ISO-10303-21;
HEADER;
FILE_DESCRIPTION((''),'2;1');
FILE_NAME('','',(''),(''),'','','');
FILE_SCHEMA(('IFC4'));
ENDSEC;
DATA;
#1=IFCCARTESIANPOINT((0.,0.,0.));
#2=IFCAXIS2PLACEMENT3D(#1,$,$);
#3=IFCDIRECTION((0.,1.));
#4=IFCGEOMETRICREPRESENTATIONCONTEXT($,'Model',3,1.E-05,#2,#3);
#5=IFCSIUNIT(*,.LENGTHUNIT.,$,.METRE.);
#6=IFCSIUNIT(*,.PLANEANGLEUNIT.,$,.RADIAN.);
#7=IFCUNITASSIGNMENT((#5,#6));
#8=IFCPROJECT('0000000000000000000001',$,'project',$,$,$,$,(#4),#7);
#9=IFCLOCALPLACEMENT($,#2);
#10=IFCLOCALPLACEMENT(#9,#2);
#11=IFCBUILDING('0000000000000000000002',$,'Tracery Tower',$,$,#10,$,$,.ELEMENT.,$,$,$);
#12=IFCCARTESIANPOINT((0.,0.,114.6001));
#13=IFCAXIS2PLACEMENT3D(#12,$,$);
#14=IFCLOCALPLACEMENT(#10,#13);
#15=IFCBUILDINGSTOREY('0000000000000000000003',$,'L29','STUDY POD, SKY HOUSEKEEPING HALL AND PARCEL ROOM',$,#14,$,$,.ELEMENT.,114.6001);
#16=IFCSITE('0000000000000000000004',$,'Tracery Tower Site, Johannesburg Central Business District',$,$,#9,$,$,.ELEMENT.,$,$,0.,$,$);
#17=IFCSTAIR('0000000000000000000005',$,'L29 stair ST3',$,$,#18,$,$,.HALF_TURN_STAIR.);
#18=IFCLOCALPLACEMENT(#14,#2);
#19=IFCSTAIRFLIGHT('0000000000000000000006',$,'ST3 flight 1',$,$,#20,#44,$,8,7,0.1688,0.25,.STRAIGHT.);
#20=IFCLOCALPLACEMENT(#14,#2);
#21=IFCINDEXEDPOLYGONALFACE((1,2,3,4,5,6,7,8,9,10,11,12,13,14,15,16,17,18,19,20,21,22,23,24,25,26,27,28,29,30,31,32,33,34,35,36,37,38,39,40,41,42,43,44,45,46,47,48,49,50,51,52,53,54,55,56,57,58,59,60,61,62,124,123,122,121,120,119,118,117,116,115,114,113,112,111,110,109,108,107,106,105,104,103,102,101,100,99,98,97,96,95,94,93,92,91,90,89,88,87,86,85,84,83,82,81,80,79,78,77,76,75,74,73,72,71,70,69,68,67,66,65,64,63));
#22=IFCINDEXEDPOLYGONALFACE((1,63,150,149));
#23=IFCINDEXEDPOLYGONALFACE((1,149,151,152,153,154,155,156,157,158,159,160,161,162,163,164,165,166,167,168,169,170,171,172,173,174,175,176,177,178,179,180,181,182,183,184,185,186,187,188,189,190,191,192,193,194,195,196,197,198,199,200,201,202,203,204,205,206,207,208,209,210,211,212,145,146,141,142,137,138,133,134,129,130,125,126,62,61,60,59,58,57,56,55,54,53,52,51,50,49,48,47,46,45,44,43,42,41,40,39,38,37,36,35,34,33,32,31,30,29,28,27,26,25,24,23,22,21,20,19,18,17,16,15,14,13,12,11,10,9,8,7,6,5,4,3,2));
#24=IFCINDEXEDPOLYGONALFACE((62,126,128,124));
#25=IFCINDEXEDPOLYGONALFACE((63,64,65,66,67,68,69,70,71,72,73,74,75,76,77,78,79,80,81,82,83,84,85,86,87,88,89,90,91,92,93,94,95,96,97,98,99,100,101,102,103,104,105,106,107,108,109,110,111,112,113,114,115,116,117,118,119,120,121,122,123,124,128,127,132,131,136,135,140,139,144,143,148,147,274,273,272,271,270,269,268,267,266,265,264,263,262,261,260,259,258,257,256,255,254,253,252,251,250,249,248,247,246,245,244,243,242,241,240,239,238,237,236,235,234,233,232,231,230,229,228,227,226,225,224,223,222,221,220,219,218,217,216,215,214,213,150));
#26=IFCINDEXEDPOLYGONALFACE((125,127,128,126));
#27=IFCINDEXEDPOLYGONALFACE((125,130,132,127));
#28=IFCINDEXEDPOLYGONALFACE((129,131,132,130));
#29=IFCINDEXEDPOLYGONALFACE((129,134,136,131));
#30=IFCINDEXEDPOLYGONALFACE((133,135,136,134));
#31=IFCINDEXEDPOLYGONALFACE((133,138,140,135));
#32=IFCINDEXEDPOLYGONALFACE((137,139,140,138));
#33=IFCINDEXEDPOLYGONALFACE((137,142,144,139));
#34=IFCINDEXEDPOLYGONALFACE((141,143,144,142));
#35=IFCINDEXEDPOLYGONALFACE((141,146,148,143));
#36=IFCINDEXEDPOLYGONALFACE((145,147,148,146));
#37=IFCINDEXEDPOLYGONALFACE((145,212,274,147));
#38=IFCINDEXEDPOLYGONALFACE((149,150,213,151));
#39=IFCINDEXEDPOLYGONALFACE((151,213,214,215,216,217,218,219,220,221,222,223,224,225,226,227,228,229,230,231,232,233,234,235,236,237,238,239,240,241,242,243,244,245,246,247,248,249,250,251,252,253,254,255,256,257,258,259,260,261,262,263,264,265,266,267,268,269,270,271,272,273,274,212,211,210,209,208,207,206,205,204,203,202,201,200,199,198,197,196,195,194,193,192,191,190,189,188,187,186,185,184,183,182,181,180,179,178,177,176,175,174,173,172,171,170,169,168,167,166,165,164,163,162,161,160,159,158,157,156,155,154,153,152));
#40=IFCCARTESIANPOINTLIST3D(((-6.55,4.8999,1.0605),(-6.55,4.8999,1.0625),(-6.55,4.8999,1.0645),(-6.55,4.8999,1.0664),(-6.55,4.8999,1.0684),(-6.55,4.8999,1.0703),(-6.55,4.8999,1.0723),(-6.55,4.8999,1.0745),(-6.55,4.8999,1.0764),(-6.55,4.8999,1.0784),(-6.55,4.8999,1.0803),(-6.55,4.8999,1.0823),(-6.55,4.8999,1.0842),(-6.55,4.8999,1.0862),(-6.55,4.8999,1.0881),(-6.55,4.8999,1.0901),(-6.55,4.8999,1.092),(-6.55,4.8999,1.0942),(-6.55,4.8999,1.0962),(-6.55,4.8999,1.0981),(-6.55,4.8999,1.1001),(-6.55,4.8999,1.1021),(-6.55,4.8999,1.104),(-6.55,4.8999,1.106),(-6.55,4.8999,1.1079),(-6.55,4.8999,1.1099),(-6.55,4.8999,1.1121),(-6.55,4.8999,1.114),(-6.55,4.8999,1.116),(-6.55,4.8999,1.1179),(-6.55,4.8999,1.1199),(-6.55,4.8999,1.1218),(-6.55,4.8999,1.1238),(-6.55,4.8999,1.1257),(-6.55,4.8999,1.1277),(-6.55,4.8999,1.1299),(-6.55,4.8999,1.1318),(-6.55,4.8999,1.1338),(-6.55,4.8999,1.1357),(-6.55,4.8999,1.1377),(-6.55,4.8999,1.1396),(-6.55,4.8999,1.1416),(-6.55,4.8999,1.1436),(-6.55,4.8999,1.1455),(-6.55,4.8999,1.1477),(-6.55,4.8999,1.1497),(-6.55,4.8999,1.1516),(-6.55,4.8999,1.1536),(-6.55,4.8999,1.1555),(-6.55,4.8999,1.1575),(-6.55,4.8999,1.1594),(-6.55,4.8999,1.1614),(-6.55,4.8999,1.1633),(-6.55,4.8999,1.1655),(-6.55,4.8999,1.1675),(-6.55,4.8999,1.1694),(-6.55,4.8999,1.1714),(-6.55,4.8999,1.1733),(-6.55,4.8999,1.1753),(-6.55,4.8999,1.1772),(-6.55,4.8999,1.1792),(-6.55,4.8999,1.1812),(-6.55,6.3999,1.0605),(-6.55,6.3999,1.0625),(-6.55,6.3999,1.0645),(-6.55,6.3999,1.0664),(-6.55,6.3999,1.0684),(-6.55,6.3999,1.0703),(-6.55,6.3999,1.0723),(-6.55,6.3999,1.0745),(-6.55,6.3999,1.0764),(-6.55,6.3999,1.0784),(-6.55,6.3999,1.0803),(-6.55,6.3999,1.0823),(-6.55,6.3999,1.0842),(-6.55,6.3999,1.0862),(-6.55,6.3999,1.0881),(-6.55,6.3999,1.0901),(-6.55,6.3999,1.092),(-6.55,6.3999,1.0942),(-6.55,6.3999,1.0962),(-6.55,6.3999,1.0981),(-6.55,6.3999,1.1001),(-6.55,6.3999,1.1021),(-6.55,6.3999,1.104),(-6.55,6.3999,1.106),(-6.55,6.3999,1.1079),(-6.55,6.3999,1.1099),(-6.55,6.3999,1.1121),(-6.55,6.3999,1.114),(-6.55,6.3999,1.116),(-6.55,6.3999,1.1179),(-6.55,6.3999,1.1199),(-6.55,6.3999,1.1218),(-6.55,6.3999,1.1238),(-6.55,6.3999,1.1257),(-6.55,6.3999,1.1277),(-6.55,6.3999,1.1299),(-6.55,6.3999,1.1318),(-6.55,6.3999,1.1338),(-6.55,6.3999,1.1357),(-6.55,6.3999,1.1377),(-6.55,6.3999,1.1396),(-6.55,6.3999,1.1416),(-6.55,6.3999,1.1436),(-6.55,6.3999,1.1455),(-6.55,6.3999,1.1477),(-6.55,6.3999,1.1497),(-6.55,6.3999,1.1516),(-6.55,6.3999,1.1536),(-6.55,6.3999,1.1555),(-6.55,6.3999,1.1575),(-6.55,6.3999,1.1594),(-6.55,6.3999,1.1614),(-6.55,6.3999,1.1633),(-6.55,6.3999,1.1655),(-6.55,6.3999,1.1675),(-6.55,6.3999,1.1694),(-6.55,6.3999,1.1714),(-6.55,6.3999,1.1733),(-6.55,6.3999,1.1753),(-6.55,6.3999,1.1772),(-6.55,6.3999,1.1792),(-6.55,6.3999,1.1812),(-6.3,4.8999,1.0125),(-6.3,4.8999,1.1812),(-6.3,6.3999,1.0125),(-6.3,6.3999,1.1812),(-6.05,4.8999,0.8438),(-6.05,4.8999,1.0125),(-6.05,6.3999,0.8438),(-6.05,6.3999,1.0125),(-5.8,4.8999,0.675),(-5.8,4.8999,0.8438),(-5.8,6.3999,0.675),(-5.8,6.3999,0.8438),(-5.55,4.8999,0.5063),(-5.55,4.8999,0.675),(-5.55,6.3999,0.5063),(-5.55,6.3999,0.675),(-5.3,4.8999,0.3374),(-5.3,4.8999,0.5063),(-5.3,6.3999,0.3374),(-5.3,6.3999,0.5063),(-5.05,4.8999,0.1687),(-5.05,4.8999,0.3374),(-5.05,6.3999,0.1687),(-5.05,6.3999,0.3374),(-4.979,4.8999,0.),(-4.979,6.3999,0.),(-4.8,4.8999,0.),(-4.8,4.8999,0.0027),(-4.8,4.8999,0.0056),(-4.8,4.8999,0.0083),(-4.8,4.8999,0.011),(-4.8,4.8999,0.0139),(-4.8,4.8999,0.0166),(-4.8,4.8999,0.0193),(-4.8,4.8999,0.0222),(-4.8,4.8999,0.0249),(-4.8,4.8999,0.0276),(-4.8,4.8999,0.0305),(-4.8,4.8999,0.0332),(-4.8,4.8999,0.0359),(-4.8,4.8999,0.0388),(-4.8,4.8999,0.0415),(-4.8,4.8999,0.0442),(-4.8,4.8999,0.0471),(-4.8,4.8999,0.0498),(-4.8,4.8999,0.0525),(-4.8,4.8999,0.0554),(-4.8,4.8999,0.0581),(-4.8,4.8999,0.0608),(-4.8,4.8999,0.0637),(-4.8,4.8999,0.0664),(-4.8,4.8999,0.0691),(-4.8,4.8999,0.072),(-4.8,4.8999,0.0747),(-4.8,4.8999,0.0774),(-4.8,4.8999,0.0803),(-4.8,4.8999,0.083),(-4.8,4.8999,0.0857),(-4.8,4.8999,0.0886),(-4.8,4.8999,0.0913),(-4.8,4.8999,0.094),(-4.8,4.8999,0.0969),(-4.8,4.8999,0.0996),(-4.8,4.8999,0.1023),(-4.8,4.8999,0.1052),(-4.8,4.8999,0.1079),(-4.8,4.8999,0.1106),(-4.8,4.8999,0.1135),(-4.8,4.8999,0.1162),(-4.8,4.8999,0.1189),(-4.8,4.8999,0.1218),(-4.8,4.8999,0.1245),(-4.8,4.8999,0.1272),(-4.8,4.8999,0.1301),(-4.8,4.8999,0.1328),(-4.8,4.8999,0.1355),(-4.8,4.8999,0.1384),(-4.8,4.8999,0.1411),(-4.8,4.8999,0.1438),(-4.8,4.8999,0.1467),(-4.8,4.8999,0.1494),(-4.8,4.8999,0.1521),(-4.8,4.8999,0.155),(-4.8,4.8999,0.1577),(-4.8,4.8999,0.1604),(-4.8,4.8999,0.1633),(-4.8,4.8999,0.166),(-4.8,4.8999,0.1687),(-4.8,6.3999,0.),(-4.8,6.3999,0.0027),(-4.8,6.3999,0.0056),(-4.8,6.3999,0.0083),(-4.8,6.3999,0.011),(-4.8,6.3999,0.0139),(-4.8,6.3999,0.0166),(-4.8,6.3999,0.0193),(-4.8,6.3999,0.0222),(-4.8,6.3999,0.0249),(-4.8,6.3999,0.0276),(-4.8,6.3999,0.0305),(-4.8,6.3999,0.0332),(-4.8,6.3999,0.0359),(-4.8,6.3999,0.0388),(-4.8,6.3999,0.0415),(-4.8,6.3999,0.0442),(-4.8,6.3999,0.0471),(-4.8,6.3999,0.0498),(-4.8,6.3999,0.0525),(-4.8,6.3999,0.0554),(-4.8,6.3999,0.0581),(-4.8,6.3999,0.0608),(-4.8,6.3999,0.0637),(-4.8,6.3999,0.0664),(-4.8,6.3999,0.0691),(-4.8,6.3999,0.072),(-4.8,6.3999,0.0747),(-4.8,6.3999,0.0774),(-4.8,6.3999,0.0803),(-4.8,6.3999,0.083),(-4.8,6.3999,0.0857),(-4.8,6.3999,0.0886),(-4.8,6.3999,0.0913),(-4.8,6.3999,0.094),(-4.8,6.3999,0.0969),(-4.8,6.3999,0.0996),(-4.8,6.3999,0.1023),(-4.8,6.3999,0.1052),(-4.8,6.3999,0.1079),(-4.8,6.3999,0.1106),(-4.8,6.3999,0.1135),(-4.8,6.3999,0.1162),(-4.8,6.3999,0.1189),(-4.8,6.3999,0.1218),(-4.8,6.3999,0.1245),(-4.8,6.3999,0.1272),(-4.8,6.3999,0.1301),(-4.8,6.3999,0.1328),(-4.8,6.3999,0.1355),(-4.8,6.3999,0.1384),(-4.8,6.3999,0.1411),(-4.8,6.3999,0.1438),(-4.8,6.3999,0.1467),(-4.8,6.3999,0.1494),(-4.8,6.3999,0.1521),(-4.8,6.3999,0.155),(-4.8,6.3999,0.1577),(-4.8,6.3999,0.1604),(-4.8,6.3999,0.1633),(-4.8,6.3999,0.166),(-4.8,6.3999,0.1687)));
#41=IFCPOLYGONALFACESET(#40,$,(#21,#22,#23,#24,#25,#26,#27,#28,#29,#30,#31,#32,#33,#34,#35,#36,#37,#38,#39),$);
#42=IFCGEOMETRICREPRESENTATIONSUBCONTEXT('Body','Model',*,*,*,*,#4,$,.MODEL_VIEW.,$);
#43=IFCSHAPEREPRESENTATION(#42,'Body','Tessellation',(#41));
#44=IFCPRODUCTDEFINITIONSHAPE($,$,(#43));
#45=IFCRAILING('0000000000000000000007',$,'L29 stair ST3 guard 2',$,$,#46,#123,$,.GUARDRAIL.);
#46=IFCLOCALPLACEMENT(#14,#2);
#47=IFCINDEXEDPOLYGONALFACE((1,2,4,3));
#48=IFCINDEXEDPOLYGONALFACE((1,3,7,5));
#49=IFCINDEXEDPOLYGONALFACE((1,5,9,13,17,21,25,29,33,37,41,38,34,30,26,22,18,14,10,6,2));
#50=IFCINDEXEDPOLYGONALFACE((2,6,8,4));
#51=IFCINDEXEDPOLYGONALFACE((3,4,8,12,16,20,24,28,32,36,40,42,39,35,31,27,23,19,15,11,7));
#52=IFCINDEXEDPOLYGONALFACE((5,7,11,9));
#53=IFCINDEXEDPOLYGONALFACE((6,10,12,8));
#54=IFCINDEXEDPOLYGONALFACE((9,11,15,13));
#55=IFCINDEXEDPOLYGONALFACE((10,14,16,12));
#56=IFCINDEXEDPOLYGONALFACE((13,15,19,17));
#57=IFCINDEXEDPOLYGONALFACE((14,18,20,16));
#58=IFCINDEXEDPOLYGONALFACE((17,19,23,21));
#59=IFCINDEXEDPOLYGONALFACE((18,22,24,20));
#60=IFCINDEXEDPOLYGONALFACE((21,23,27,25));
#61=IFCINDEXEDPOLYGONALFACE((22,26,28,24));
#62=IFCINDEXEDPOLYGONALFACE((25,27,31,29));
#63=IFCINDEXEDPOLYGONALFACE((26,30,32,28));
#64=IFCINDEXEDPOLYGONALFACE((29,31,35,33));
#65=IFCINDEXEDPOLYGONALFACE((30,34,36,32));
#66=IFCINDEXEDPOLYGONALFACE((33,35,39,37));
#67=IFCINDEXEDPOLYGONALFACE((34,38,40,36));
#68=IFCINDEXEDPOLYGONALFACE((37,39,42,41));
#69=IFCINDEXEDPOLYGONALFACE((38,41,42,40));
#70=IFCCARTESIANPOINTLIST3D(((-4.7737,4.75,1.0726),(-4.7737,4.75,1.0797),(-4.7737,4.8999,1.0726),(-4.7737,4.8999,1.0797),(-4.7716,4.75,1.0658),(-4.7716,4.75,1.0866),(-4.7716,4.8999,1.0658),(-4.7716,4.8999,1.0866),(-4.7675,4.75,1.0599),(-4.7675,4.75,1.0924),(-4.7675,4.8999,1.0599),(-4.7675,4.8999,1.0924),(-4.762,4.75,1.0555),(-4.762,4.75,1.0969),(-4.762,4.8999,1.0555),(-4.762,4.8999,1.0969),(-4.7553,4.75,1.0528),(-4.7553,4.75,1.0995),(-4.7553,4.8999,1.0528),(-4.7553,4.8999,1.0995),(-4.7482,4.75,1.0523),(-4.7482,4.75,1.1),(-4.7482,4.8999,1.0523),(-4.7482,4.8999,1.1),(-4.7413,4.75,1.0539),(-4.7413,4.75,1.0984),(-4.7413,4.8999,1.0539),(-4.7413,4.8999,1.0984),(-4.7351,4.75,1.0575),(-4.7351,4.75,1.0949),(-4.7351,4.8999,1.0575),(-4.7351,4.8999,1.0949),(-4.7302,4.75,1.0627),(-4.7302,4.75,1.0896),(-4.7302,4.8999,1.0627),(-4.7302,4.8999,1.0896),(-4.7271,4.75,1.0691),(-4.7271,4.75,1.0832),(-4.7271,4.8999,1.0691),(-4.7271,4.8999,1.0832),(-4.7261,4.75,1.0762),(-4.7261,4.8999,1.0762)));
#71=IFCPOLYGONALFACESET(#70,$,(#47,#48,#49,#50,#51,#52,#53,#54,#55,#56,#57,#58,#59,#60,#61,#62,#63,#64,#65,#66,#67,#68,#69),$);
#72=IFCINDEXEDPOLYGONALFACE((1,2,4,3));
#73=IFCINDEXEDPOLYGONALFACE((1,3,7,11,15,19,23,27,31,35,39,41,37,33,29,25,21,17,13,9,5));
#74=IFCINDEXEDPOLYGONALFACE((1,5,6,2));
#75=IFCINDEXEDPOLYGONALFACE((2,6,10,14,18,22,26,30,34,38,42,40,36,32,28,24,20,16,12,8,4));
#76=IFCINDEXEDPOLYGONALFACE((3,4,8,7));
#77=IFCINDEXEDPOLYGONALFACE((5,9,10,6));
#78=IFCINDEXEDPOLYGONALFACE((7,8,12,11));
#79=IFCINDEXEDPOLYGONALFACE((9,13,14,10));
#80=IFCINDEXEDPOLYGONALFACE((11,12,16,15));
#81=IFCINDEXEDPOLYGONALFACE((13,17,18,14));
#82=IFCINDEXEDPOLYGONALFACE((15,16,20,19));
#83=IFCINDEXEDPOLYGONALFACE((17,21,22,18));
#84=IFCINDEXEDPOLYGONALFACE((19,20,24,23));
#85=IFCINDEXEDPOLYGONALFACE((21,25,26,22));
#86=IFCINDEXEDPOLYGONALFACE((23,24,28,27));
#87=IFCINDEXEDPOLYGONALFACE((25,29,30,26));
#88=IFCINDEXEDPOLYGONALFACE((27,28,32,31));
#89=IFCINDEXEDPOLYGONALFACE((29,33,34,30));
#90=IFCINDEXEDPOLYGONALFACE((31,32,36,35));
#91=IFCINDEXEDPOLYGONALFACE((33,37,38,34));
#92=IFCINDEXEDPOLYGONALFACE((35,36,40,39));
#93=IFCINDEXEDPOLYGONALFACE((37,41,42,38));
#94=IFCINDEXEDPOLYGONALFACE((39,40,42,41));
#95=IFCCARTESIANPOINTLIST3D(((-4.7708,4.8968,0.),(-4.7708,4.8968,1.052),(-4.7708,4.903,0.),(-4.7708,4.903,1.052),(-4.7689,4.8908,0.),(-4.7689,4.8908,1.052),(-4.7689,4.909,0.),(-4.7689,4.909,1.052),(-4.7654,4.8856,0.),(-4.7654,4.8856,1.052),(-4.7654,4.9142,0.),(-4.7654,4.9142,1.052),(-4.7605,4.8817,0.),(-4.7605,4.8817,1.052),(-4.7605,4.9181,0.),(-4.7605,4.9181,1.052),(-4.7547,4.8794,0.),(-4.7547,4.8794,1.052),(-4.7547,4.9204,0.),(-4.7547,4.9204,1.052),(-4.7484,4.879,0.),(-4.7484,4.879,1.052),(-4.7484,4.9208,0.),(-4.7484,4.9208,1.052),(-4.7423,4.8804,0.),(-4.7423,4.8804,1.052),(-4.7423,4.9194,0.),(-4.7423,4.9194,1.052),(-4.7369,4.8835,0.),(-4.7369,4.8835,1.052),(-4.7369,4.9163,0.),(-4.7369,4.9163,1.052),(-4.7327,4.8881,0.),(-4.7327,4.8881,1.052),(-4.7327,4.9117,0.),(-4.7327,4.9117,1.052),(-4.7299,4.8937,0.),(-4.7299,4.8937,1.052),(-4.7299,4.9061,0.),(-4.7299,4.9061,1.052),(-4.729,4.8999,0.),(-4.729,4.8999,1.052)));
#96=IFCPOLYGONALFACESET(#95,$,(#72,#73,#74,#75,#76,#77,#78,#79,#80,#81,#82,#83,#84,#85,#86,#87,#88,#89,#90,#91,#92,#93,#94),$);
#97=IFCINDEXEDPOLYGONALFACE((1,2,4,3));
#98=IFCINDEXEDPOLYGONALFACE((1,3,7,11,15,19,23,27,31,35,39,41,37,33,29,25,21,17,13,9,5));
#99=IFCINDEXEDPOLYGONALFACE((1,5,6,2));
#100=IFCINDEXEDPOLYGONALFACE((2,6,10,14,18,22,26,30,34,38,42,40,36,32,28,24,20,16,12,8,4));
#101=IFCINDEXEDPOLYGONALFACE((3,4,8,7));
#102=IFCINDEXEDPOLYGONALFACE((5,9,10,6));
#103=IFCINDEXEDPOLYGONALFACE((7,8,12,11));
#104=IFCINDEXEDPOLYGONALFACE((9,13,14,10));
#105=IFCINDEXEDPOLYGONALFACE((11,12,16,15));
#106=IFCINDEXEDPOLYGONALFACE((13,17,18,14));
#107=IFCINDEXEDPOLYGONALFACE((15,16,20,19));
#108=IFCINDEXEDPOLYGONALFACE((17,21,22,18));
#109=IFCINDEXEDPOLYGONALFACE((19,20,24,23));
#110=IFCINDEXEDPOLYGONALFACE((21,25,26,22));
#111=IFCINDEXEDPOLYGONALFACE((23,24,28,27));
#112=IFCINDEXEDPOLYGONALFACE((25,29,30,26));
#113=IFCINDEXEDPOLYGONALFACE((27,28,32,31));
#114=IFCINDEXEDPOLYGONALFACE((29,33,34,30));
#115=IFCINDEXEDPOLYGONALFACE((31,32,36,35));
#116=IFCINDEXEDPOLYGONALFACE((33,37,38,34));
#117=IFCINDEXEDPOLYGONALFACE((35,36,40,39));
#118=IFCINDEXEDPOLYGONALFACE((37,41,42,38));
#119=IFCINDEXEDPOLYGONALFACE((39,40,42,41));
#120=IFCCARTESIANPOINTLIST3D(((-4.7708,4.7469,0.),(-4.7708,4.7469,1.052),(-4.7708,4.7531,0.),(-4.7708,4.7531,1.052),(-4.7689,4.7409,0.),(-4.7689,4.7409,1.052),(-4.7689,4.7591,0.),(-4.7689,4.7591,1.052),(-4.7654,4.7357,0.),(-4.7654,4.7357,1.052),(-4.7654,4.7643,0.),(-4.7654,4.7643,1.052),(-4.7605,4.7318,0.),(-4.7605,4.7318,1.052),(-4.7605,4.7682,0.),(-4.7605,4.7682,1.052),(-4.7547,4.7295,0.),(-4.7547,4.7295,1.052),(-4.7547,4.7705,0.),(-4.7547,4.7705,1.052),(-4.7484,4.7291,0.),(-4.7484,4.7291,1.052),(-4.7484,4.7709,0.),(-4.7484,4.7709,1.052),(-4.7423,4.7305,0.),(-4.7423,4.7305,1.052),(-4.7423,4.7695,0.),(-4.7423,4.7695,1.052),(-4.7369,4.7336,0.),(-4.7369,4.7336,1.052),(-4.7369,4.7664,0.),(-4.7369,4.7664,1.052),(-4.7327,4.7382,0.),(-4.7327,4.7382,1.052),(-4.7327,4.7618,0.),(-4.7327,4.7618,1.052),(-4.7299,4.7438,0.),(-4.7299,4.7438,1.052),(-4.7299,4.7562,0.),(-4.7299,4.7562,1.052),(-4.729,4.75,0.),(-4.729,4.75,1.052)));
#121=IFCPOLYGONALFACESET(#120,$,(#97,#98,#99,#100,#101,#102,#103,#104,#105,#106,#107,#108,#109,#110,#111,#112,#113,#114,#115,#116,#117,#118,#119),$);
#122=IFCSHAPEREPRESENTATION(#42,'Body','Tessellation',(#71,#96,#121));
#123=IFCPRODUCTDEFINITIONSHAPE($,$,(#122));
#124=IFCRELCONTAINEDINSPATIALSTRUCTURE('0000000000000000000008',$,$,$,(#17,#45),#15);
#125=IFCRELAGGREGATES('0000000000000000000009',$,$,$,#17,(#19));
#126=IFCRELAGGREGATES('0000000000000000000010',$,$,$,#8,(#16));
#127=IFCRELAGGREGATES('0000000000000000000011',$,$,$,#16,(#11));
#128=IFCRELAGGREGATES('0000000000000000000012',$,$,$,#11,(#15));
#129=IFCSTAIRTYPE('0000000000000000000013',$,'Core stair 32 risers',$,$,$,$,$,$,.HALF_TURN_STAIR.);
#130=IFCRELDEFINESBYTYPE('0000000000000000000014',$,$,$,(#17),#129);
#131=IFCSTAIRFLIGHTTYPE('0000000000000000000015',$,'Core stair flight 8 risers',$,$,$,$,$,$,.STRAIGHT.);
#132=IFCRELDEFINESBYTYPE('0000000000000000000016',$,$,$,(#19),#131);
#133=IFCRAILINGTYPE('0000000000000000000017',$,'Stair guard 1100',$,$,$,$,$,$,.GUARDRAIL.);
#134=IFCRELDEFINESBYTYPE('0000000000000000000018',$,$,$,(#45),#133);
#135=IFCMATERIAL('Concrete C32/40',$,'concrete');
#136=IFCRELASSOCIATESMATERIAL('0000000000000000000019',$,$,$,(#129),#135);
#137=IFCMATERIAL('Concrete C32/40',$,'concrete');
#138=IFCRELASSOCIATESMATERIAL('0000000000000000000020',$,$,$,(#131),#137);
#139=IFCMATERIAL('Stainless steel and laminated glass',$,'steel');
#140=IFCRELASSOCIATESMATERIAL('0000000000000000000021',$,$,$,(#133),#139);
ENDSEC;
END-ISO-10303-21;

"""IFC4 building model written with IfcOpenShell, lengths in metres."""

from ifc_helpers import new_model, si_unit, direction, frame, origin, origin_2d, place, context, subcontext, project, spatial, polyline, circle, outline, extrude, material, type_object, element, aggregate, save


model = new_model("IFC4")

# Units and contexts
model_context = context("Model", 3, precision=1e-05, world=origin(), true_north=direction((0.0, 1.0)))
body_context = subcontext(model_context, "Body", "Model", "MODEL_VIEW")
ifc_project = project(units=[si_unit("LENGTHUNIT", "METRE"), si_unit("PLANEANGLEUNIT", "RADIAN")], contexts=[model_context])

# Site, building, storey
site_placement = place(None, origin())
site = spatial("IfcSite", under=ifc_project, at=site_placement, Name="Tracery Tower Site, Johannesburg Central Business District", CompositionType="ELEMENT", RefElevation=0.0)
building_placement = place(site_placement, origin())
building = spatial("IfcBuilding", under=site, at=building_placement, Name="Tracery Tower", CompositionType="ELEMENT")
storey_placement = place(building_placement, frame((0.0, 0.0, 114.6001)))
storey = spatial("IfcBuildingStorey", under=building, at=storey_placement, Name="L29", Description="STUDY POD, SKY HOUSEKEEPING HALL AND PARCEL ROOM", CompositionType="ELEMENT", Elevation=114.6001)

# Stair, stair flight
ifc_material_1 = material(Name="Concrete C32/40", Category="concrete")
stair_type = type_object("IfcStairType", Name="Core stair 32 risers", PredefinedType="HALF_TURN_STAIR", material=ifc_material_1)
stair_placement = place(storey_placement, origin())
stair = element("IfcStair", 1, at=stair_placement, inside=storey, type_object=stair_type, Name="L29 stair ST3", PredefinedType="HALF_TURN_STAIR")
ifc_material_2 = material(Name="Concrete C32/40", Category="concrete")
stair_flight_type = type_object("IfcStairFlightType", Name="Core stair flight 8 risers", PredefinedType="STRAIGHT", material=ifc_material_2)
stair_flight_1_placement = place(storey_placement, frame((-4.8, 5.6499, 0.0), z_axis=(0.0, 0.0, 1.0), x_axis=(-1.0, 0.0, 0.0)))
stair_flight_1 = element("IfcStairFlight", 2, at=stair_flight_1_placement, type_object=stair_flight_type, Name="ST3 flight 1", NumberOfRisers=8, NumberOfTreads=7, PredefinedType="STRAIGHT", RiserHeight=0.1688, TreadLength=0.25, context=body_context, shape_type="SweptSolid", body=[
    extrude(outline(polyline([(0.0, 0.0), (0.0, 0.0027), (0.0, 0.0056), (0.0, 0.0083), (0.0, 0.011), (0.0, 0.0139), (0.0, 0.0166), (0.0, 0.0193), (0.0, 0.0222), (0.0, 0.0249), (0.0, 0.0276), (0.0, 0.0305), (0.0, 0.0332), (0.0, 0.0359), (0.0, 0.0388), (0.0, 0.0415), (0.0, 0.0442), (0.0, 0.0471), (0.0, 0.0498), (0.0, 0.0525), (0.0, 0.0554), (0.0, 0.0581), (0.0, 0.0608), (0.0, 0.0637), (0.0, 0.0664), (0.0, 0.0691), (0.0, 0.072), (0.0, 0.0747), (0.0, 0.0774), (0.0, 0.0803), (0.0, 0.083), (0.0, 0.0857), (0.0, 0.0886), (0.0, 0.0913), (0.0, 0.094), (0.0, 0.0969), (0.0, 0.0996), (0.0, 0.1023), (0.0, 0.1052), (0.0, 0.1079), (0.0, 0.1106), (0.0, 0.1135), (0.0, 0.1162), (0.0, 0.1189), (0.0, 0.1218), (0.0, 0.1245), (0.0, 0.1272), (0.0, 0.1301), (0.0, 0.1328), (0.0, 0.1355), (0.0, 0.1384), (0.0, 0.1411), (0.0, 0.1438), (0.0, 0.1467), (0.0, 0.1494), (0.0, 0.1521), (0.0, 0.155), (0.0, 0.1577), (0.0, 0.1604), (0.0, 0.1633), (0.0, 0.166), (0.0, 0.1687), (0.25, 0.1687), (0.25, 0.3374), (0.5, 0.3374), (0.5, 0.5063), (0.75, 0.5063), (0.75, 0.675), (1.0, 0.675), (1.0, 0.8438), (1.25, 0.8438), (1.25, 1.0125), (1.5, 1.0125), (1.5, 1.1812), (1.75, 1.1812), (1.75, 1.1792), (1.75, 1.1772), (1.75, 1.1753), (1.75, 1.1733), (1.75, 1.1714), (1.75, 1.1694), (1.75, 1.1675), (1.75, 1.1655), (1.75, 1.1633), (1.75, 1.1614), (1.75, 1.1594), (1.75, 1.1575), (1.75, 1.1555), (1.75, 1.1536), (1.75, 1.1516), (1.75, 1.1497), (1.75, 1.1477), (1.75, 1.1455), (1.75, 1.1436), (1.75, 1.1416), (1.75, 1.1396), (1.75, 1.1377), (1.75, 1.1357), (1.75, 1.1338), (1.75, 1.1318), (1.75, 1.1299), (1.75, 1.1277), (1.75, 1.1257), (1.75, 1.1238), (1.75, 1.1218), (1.75, 1.1199), (1.75, 1.1179), (1.75, 1.116), (1.75, 1.114), (1.75, 1.1121), (1.75, 1.1099), (1.75, 1.1079), (1.75, 1.106), (1.75, 1.104), (1.75, 1.1021), (1.75, 1.1001), (1.75, 1.0981), (1.75, 1.0962), (1.75, 1.0942), (1.75, 1.092), (1.75, 1.0901), (1.75, 1.0881), (1.75, 1.0862), (1.75, 1.0842), (1.75, 1.0823), (1.75, 1.0803), (1.75, 1.0784), (1.75, 1.0764), (1.75, 1.0745), (1.75, 1.0723), (1.75, 1.0703), (1.75, 1.0684), (1.75, 1.0664), (1.75, 1.0645), (1.75, 1.0625), (1.75, 1.0605), (0.179, 0.0), (0.0, 0.0)])), frame((0.0, 0.75, 0.0), z_axis=(0.0, -1.0, 0.0), x_axis=(1.0, 0.0, 0.0)), (0.0, 0.0, 1.0), 1.5),
])
aggregate(stair, [stair_flight_1])

# Railing
ifc_material_3 = material(Name="Stainless steel and laminated glass", Category="steel")
railing_type_1 = type_object("IfcRailingType", Name="Stair guard 1100", PredefinedType="GUARDRAIL", material=ifc_material_3)
railing_1_placement = place(storey_placement, frame((-4.75, 4.8999, 0.0)))
element("IfcRailing", 3, at=railing_1_placement, inside=storey, type_object=railing_type_1, Name="L29 stair ST3 guard 2", PredefinedType="GUARDRAIL", context=body_context, shape_type="SweptSolid", body=[
    extrude(circle(Radius=0.0239, at=origin_2d()), frame((0.0, 0.0, 1.0762), z_axis=(0.0, -1.0, 0.0), x_axis=(1.0, 0.0, 0.0)), (0.0, 0.0, 1.0), 0.1499),
    extrude(circle(Radius=0.021, at=origin_2d()), origin(), (0.0, 0.0, 1.0), 1.052),
    extrude(circle(Radius=0.021, at=origin_2d()), frame((0.0, -0.1499, 0.0)), (0.0, 0.0, 1.0), 1.052),
])

save(model, "model.ifc")
